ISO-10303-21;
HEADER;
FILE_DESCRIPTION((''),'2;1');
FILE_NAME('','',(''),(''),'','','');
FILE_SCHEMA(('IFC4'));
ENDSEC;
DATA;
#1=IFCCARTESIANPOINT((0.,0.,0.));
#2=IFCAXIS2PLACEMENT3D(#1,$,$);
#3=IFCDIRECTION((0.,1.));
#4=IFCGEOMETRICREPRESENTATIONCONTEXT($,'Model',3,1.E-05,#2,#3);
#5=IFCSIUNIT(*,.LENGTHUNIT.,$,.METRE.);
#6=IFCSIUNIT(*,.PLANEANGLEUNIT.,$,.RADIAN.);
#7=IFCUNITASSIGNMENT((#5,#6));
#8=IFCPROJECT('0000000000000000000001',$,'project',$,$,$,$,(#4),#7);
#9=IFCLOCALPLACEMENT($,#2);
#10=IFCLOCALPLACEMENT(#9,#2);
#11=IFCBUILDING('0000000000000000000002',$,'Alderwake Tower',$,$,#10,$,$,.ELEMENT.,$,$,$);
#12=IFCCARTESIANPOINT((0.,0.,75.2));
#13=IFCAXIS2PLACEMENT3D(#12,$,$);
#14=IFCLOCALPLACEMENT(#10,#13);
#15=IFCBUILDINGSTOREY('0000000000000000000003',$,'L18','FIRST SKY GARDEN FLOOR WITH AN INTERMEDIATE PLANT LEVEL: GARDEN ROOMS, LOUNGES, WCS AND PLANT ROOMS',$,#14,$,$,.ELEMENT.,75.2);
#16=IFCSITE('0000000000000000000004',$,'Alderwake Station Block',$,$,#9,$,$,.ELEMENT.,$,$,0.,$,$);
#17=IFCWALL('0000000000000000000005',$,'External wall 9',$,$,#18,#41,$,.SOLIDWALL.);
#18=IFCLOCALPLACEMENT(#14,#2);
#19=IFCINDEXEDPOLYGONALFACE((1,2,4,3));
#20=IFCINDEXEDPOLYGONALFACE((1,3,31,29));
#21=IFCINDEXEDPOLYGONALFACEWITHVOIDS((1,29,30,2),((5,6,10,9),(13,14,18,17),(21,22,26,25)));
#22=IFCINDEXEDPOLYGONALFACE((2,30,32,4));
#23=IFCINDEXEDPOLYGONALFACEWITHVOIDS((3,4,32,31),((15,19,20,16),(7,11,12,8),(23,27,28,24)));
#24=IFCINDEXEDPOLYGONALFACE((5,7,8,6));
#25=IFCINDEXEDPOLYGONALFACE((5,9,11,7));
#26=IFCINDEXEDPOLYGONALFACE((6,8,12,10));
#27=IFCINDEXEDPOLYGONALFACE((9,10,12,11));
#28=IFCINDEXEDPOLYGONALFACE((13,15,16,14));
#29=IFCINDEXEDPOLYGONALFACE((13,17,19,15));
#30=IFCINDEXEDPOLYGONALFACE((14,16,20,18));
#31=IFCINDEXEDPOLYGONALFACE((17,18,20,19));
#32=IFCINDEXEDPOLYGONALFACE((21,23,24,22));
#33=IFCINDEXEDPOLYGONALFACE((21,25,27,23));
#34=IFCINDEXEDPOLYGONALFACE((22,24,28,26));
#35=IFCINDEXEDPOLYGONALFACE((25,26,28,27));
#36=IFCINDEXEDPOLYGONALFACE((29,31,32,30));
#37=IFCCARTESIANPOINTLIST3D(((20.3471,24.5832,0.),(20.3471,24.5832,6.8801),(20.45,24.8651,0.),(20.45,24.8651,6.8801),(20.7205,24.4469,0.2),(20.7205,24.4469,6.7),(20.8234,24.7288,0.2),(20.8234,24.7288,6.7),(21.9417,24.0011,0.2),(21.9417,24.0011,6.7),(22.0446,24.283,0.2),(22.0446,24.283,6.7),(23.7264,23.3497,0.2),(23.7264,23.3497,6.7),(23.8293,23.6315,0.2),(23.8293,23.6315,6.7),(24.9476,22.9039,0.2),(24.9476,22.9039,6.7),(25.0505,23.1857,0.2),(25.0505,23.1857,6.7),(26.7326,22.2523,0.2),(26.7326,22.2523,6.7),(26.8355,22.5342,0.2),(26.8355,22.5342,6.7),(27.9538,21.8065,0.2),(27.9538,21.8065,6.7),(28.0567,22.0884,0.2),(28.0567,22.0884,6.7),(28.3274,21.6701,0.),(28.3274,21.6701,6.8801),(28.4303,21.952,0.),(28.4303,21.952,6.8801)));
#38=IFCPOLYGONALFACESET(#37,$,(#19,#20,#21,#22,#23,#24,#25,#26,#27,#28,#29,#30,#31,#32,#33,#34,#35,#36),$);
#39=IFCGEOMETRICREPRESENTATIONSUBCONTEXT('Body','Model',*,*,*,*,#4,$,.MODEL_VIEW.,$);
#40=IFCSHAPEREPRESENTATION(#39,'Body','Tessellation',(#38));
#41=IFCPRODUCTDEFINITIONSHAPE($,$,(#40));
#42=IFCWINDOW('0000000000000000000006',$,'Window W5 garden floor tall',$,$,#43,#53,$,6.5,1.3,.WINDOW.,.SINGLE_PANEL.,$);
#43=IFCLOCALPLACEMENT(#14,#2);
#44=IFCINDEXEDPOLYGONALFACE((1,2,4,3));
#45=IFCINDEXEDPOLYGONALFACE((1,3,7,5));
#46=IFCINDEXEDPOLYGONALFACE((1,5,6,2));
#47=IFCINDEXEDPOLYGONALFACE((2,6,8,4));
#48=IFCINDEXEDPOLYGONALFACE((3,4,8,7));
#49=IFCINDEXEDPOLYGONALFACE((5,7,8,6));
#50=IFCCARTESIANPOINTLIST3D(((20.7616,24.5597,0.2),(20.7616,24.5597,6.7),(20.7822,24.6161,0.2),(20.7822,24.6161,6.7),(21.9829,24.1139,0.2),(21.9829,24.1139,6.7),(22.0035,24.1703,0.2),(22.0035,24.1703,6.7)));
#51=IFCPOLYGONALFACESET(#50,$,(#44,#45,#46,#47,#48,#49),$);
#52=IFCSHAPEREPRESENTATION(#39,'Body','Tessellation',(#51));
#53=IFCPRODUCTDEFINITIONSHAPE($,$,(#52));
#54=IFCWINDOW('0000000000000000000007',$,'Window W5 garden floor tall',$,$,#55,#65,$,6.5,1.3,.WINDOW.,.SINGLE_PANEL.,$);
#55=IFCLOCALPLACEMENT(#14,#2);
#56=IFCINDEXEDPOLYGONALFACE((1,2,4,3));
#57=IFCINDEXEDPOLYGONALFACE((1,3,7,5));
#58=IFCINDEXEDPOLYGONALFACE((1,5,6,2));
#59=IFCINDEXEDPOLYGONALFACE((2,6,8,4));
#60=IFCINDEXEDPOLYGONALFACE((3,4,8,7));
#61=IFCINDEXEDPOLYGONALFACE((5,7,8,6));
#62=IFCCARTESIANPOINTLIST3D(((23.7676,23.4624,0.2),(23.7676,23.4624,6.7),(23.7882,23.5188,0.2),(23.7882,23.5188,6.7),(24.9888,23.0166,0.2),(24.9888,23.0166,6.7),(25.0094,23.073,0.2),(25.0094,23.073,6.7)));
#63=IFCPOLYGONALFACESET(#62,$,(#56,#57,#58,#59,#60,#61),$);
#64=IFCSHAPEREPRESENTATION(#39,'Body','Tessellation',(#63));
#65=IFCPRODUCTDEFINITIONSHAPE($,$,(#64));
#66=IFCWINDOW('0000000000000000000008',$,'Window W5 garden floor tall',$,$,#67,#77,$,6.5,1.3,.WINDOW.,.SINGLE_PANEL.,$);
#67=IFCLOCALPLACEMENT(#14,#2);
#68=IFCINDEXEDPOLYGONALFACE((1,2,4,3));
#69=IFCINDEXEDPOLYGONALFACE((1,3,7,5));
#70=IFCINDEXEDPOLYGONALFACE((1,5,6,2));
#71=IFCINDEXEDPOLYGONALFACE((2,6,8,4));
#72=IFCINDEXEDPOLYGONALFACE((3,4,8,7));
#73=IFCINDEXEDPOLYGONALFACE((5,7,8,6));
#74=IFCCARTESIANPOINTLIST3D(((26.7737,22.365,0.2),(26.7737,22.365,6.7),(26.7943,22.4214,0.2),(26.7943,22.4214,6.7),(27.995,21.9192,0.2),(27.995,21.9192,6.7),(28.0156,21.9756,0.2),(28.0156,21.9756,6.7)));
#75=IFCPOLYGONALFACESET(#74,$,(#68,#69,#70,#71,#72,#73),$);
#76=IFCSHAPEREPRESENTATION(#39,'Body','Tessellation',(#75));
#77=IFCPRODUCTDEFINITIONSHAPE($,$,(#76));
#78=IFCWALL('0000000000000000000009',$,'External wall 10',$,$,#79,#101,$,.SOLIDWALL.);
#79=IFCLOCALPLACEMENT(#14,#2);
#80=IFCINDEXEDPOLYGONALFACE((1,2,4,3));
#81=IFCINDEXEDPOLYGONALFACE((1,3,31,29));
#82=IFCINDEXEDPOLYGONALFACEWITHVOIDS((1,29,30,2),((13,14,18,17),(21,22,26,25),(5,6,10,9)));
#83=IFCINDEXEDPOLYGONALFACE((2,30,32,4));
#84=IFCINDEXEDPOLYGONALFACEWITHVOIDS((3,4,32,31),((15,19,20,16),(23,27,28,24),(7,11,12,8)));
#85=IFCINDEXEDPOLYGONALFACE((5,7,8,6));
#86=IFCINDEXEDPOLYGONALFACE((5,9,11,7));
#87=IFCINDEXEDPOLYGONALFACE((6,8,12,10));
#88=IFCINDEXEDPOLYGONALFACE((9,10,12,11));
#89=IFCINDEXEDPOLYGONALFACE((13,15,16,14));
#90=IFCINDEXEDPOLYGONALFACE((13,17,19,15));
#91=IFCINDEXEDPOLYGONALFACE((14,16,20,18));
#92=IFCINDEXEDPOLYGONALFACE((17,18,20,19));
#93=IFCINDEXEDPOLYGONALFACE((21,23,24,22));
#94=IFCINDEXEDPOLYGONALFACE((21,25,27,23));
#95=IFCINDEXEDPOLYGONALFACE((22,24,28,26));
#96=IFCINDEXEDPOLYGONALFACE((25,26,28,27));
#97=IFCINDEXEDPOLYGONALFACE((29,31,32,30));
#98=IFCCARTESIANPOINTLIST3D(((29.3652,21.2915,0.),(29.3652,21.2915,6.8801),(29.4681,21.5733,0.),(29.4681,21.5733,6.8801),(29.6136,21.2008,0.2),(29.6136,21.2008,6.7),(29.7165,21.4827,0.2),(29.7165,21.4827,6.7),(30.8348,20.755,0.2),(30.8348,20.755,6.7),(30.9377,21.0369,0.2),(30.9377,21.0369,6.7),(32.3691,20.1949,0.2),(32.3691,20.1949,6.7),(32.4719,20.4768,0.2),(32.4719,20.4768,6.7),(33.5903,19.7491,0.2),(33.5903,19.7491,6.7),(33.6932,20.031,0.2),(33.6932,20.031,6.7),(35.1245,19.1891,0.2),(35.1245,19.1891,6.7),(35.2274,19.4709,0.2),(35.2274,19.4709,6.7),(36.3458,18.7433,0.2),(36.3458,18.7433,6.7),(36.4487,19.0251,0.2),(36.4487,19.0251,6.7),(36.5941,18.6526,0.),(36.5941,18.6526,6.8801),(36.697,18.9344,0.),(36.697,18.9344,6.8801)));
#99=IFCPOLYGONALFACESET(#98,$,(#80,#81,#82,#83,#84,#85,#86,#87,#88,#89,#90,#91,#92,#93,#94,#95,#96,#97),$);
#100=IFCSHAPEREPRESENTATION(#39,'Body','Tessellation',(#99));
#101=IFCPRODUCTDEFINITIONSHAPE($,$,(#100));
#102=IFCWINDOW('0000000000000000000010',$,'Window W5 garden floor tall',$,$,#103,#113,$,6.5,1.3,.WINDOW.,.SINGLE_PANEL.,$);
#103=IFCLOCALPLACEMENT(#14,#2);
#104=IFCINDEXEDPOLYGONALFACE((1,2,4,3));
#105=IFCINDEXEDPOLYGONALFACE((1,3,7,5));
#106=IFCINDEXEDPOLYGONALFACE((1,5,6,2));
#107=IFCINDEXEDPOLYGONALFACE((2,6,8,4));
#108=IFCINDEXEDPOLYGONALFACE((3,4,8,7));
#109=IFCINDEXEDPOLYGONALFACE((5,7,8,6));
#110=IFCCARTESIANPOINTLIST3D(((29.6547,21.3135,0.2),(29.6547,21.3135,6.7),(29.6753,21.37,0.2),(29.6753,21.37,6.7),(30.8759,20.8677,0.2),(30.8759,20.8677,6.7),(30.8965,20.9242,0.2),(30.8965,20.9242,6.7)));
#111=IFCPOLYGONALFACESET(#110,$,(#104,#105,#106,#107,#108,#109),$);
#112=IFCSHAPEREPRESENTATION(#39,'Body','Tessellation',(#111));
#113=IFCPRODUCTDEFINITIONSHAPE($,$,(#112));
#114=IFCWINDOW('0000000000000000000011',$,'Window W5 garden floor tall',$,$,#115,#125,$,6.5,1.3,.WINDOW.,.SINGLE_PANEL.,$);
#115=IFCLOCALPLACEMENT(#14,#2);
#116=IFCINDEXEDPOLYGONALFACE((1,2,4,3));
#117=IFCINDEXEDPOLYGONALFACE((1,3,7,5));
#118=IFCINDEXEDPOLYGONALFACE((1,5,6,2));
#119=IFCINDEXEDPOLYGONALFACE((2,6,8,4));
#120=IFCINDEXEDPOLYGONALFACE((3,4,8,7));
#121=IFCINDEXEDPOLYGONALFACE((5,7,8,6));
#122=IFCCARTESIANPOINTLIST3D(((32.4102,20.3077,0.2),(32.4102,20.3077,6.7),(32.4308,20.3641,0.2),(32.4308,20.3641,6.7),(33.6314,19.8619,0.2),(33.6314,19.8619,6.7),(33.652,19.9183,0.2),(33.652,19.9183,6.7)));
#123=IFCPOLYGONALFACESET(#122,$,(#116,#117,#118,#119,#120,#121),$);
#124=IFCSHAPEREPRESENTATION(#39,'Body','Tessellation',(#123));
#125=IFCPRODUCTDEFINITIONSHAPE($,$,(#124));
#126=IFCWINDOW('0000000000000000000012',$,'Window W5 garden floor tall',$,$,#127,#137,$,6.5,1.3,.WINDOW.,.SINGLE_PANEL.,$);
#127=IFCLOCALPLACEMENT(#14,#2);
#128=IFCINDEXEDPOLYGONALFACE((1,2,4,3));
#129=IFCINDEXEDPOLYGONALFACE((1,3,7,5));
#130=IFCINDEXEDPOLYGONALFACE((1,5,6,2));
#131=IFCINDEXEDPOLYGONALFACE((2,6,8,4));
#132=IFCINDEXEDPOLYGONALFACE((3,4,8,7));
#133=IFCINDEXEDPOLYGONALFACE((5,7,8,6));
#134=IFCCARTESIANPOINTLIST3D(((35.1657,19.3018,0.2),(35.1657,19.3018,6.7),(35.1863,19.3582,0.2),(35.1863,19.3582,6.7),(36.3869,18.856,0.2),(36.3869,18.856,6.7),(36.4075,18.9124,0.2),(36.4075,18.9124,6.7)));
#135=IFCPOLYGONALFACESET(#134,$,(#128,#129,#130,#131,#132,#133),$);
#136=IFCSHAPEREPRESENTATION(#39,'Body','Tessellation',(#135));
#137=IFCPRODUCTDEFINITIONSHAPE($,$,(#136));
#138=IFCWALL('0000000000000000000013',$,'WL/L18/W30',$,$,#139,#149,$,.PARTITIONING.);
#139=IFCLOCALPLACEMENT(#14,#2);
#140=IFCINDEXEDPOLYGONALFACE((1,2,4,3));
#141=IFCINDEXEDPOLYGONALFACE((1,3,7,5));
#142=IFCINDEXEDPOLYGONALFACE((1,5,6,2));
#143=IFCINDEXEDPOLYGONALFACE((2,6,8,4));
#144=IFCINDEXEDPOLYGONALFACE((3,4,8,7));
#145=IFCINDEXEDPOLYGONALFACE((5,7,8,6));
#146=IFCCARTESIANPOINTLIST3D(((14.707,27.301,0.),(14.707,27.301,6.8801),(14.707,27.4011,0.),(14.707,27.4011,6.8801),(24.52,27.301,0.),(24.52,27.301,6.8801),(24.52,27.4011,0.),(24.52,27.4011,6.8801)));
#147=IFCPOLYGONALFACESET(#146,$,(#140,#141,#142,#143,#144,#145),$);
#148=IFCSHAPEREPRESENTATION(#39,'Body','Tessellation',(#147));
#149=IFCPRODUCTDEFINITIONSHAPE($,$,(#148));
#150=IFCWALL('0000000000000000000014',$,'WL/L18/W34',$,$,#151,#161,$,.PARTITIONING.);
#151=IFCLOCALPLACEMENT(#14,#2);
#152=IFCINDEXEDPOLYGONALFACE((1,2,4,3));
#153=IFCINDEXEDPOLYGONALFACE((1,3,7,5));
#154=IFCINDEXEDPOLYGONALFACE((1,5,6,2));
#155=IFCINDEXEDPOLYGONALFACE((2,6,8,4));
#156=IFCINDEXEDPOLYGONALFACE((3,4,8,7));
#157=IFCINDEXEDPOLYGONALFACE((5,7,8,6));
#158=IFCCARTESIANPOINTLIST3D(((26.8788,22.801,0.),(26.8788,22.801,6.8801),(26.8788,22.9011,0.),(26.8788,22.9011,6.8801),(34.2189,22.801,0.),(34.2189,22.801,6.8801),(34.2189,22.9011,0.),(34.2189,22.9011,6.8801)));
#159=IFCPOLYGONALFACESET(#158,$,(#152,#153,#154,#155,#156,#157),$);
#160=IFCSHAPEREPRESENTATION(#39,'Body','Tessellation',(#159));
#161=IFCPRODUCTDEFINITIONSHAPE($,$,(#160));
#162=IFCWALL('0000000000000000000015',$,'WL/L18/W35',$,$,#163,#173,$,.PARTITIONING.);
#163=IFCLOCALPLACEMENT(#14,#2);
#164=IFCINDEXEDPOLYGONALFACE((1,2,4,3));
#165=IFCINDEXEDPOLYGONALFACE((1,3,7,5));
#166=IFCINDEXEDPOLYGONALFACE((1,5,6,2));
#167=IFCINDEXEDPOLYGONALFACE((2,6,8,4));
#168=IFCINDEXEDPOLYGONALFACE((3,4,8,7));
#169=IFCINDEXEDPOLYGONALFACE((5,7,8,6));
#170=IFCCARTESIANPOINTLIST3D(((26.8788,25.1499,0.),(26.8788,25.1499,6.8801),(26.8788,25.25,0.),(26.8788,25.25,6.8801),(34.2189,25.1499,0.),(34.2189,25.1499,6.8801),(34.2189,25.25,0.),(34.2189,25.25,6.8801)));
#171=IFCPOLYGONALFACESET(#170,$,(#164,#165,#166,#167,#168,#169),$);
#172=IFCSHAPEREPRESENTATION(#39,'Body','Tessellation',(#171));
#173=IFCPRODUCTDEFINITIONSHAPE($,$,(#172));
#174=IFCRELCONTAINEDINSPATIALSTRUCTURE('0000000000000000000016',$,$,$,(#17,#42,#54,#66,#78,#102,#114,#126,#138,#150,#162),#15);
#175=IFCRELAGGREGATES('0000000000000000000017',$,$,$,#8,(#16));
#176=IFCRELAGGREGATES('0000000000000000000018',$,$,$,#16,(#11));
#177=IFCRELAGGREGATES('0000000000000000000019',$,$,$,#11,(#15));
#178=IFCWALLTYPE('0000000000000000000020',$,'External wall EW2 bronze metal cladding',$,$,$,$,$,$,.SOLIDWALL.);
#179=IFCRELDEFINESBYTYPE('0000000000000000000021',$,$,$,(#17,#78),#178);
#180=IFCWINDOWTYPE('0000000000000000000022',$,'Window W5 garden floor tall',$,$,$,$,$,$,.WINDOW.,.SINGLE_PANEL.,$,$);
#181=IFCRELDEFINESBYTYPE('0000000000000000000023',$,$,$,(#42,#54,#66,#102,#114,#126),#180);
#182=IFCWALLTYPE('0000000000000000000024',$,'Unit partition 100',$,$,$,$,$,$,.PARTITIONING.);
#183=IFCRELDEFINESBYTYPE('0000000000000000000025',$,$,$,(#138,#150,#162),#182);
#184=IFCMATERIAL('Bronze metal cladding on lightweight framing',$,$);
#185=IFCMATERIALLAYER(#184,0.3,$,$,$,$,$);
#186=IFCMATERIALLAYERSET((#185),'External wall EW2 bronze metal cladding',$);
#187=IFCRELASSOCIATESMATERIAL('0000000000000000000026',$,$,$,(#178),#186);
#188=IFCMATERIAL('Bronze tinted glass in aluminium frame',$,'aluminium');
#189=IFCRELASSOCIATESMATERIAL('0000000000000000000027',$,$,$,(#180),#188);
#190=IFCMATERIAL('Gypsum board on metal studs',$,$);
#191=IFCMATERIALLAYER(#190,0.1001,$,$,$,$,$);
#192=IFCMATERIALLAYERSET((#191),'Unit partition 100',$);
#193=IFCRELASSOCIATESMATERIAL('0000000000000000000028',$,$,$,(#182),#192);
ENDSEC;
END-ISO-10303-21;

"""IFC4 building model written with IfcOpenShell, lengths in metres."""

from ifc_helpers import new_model, si_unit, direction, frame, frame_2d, origin, place, context, subcontext, project, spatial, rectangle, extrude, material, layer, layer_set, type_object, element, fill, save


model = new_model("IFC4")

# Units and contexts
model_context = context("Model", 3, precision=1e-05, world=origin(), true_north=direction((0.0, 1.0)))
body_context = subcontext(model_context, "Body", "Model", "MODEL_VIEW")
ifc_project = project(units=[si_unit("LENGTHUNIT", "METRE"), si_unit("PLANEANGLEUNIT", "RADIAN")], contexts=[model_context])

# Site, building, storey
site_placement = place(None, origin())
site = spatial("IfcSite", under=ifc_project, at=site_placement, Name="Alderwake Station Block", CompositionType="ELEMENT", RefElevation=0.0)
building_placement = place(site_placement, origin())
building = spatial("IfcBuilding", under=site, at=building_placement, Name="Alderwake Tower", CompositionType="ELEMENT")
storey_placement = place(building_placement, frame((0.0, 0.0, 75.2)))
storey = spatial("IfcBuildingStorey", under=building, at=storey_placement, Name="L18", Description="FIRST SKY GARDEN FLOOR WITH AN INTERMEDIATE PLANT LEVEL: GARDEN ROOMS, LOUNGES, WCS AND PLANT ROOMS", CompositionType="ELEMENT", Elevation=75.2)

# Walls, openings, windows
ifc_material_1 = material(Name="Bronze metal cladding on lightweight framing")
ifc_layer_1 = layer(ifc_material_1, 0.3)
ifc_layer_set_1 = layer_set([ifc_layer_1], Name="External wall EW2 bronze metal cladding")
wall_type_1 = type_object("IfcWallType", Name="External wall EW2 bronze metal cladding", PredefinedType="SOLIDWALL", material=ifc_layer_set_1)
ifc_material_2 = material(Name="Bronze tinted glass in aluminium frame", Category="aluminium")
window_type = type_object("IfcWindowType", Name="Window W5 garden floor tall", PartitioningType="SINGLE_PANEL", PredefinedType="WINDOW", material=ifc_material_2)
wall_1_placement = place(storey_placement, frame((20.3987, 24.7241, 0.0), z_axis=(0.0, 0.0, 1.0), x_axis=(0.93937, -0.342906, 0.0)))
wall_1 = element("IfcWall", 1, at=wall_1_placement, inside=storey, type_object=wall_type_1, Name="External wall 9", PredefinedType="SOLIDWALL", context=body_context, shape_type="SweptSolid", body=[
    extrude(rectangle(XDim=8.4954, YDim=0.3, at=frame_2d((4.2476, 0.0))), origin(), (0.0, 0.0, 1.0), 6.8801),
])
opening_1_placement = place(wall_1_placement, frame((0.3975, 0.0, 0.2)))
opening_1 = element("IfcOpeningElement", 2, at=opening_1_placement, cuts=wall_1, PredefinedType="OPENING", context=body_context, shape_type="SweptSolid", body=[
    extrude(rectangle(XDim=1.3, YDim=6.5, at=frame_2d((0.6499, 3.25))), frame((0.0, 0.1599, 0.0), z_axis=(0.0, -1.0, 0.0), x_axis=(1.0, 0.0, 0.0)), (0.0, 0.0, 1.0), 0.3201),
])
opening_2_placement = place(wall_1_placement, frame((3.5974, 0.0, 0.2)))
opening_2 = element("IfcOpeningElement", 3, at=opening_2_placement, cuts=wall_1, PredefinedType="OPENING", context=body_context, shape_type="SweptSolid", body=[
    extrude(rectangle(XDim=1.3, YDim=6.5, at=frame_2d((0.6499, 3.25))), frame((0.0, 0.1599, 0.0), z_axis=(0.0, -1.0, 0.0), x_axis=(1.0, 0.0, 0.0)), (0.0, 0.0, 1.0), 0.3201),
])
opening_3_placement = place(wall_1_placement, frame((6.7976, 0.0, 0.2)))
opening_3 = element("IfcOpeningElement", 4, at=opening_3_placement, cuts=wall_1, PredefinedType="OPENING", context=body_context, shape_type="SweptSolid", body=[
    extrude(rectangle(XDim=1.3, YDim=6.5, at=frame_2d((0.6499, 3.25))), frame((0.0, 0.1599, 0.0), z_axis=(0.0, -1.0, 0.0), x_axis=(1.0, 0.0, 0.0)), (0.0, 0.0, 1.0), 0.3201),
])
window_1_placement = place(opening_1_placement, origin())
window_1 = element("IfcWindow", 5, at=window_1_placement, inside=storey, type_object=window_type, Name="Window W5 garden floor tall", OverallHeight=6.5, OverallWidth=1.3, PartitioningType="SINGLE_PANEL", PredefinedType="WINDOW", context=body_context, shape_type="SweptSolid", body=[
    extrude(rectangle(XDim=1.3, YDim=6.5, at=frame_2d((0.6499, 3.25))), frame((0.0, 0.03, 0.0), z_axis=(0.0, -1.0, 0.0), x_axis=(1.0, 0.0, 0.0)), (0.0, 0.0, 1.0), 0.0601),
])
fill(opening_1, window_1)
window_2_placement = place(opening_2_placement, origin())
window_2 = element("IfcWindow", 6, at=window_2_placement, inside=storey, type_object=window_type, Name="Window W5 garden floor tall", OverallHeight=6.5, OverallWidth=1.3, PartitioningType="SINGLE_PANEL", PredefinedType="WINDOW", context=body_context, shape_type="SweptSolid", body=[
    extrude(rectangle(XDim=1.3, YDim=6.5, at=frame_2d((0.6499, 3.25))), frame((0.0, 0.03, 0.0), z_axis=(0.0, -1.0, 0.0), x_axis=(1.0, 0.0, 0.0)), (0.0, 0.0, 1.0), 0.0601),
])
fill(opening_2, window_2)
window_3_placement = place(opening_3_placement, origin())
window_3 = element("IfcWindow", 7, at=window_3_placement, inside=storey, type_object=window_type, Name="Window W5 garden floor tall", OverallHeight=6.5, OverallWidth=1.3, PartitioningType="SINGLE_PANEL", PredefinedType="WINDOW", context=body_context, shape_type="SweptSolid", body=[
    extrude(rectangle(XDim=1.3, YDim=6.5, at=frame_2d((0.6499, 3.25))), frame((0.0, 0.03, 0.0), z_axis=(0.0, -1.0, 0.0), x_axis=(1.0, 0.0, 0.0)), (0.0, 0.0, 1.0), 0.0601),
])
fill(opening_3, window_3)
wall_2_placement = place(storey_placement, frame((29.4167, 21.4324, 0.0), z_axis=(0.0, 0.0, 1.0), x_axis=(0.939368, -0.342912, 0.0)))
wall_2 = element("IfcWall", 8, at=wall_2_placement, inside=storey, type_object=wall_type_1, Name="External wall 10", PredefinedType="SOLIDWALL", context=body_context, shape_type="SweptSolid", body=[
    extrude(rectangle(XDim=7.6956, YDim=0.3, at=frame_2d((3.8477, 0.0))), origin(), (0.0, 0.0, 1.0), 6.8801),
])
opening_4_placement = place(wall_2_placement, frame((0.2644, 0.0, 0.2)))
opening_4 = element("IfcOpeningElement", 9, at=opening_4_placement, cuts=wall_2, PredefinedType="OPENING", context=body_context, shape_type="SweptSolid", body=[
    extrude(rectangle(XDim=1.3, YDim=6.5, at=frame_2d((0.6499, 3.25))), frame((0.0, 0.1599, 0.0), z_axis=(0.0, -1.0, 0.0), x_axis=(1.0, 0.0, 0.0)), (0.0, 0.0, 1.0), 0.3201),
])
opening_5_placement = place(wall_2_placement, frame((3.1978, 0.0, 0.2)))
opening_5 = element("IfcOpeningElement", 10, at=opening_5_placement, cuts=wall_2, PredefinedType="OPENING", context=body_context, shape_type="SweptSolid", body=[
    extrude(rectangle(XDim=1.3, YDim=6.5, at=frame_2d((0.6499, 3.25))), frame((0.0, 0.1599, 0.0), z_axis=(0.0, -1.0, 0.0), x_axis=(1.0, 0.0, 0.0)), (0.0, 0.0, 1.0), 0.3201),
])
opening_6_placement = place(wall_2_placement, frame((6.1311, 0.0, 0.2)))
opening_6 = element("IfcOpeningElement", 11, at=opening_6_placement, cuts=wall_2, PredefinedType="OPENING", context=body_context, shape_type="SweptSolid", body=[
    extrude(rectangle(XDim=1.3, YDim=6.5, at=frame_2d((0.6499, 3.25))), frame((0.0, 0.1599, 0.0), z_axis=(0.0, -1.0, 0.0), x_axis=(1.0, 0.0, 0.0)), (0.0, 0.0, 1.0), 0.3201),
])
window_4_placement = place(opening_4_placement, origin())
window_4 = element("IfcWindow", 12, at=window_4_placement, inside=storey, type_object=window_type, Name="Window W5 garden floor tall", OverallHeight=6.5, OverallWidth=1.3, PartitioningType="SINGLE_PANEL", PredefinedType="WINDOW", context=body_context, shape_type="SweptSolid", body=[
    extrude(rectangle(XDim=1.3, YDim=6.5, at=frame_2d((0.6499, 3.25))), frame((0.0, 0.03, 0.0), z_axis=(0.0, -1.0, 0.0), x_axis=(1.0, 0.0, 0.0)), (0.0, 0.0, 1.0), 0.0601),
])
fill(opening_4, window_4)
window_5_placement = place(opening_5_placement, origin())
window_5 = element("IfcWindow", 13, at=window_5_placement, inside=storey, type_object=window_type, Name="Window W5 garden floor tall", OverallHeight=6.5, OverallWidth=1.3, PartitioningType="SINGLE_PANEL", PredefinedType="WINDOW", context=body_context, shape_type="SweptSolid", body=[
    extrude(rectangle(XDim=1.3, YDim=6.5, at=frame_2d((0.6499, 3.25))), frame((0.0, 0.03, 0.0), z_axis=(0.0, -1.0, 0.0), x_axis=(1.0, 0.0, 0.0)), (0.0, 0.0, 1.0), 0.0601),
])
fill(opening_5, window_5)
window_6_placement = place(opening_6_placement, origin())
window_6 = element("IfcWindow", 14, at=window_6_placement, inside=storey, type_object=window_type, Name="Window W5 garden floor tall", OverallHeight=6.5, OverallWidth=1.3, PartitioningType="SINGLE_PANEL", PredefinedType="WINDOW", context=body_context, shape_type="SweptSolid", body=[
    extrude(rectangle(XDim=1.3, YDim=6.5, at=frame_2d((0.6499, 3.25))), frame((0.0, 0.03, 0.0), z_axis=(0.0, -1.0, 0.0), x_axis=(1.0, 0.0, 0.0)), (0.0, 0.0, 1.0), 0.0601),
])
fill(opening_6, window_6)

# Walls
ifc_material_3 = material(Name="Gypsum board on metal studs")
ifc_layer_2 = layer(ifc_material_3, 0.1001)
ifc_layer_set_2 = layer_set([ifc_layer_2], Name="Unit partition 100")
wall_type_2 = type_object("IfcWallType", Name="Unit partition 100", PredefinedType="PARTITIONING", material=ifc_layer_set_2)
wall_3_placement = place(storey_placement, frame((14.707, 27.3511, 0.0), z_axis=(0.0, 0.0, 1.0), x_axis=(1.0, 0.0, 0.0)))
element("IfcWall", 15, at=wall_3_placement, inside=storey, type_object=wall_type_2, Name="WL/L18/W30", PredefinedType="PARTITIONING", context=body_context, shape_type="SweptSolid", body=[
    extrude(rectangle(XDim=9.813, YDim=0.1001, at=frame_2d((4.9065, 0.0))), origin(), (0.0, 0.0, 1.0), 6.8801),
])
for number, where, z_axis, x_axis, name in (
    (16, (26.8789, 22.8511, 0.0), (0.0, 0.0, 1.0), (1.0, 0.0, 0.0), "WL/L18/W34"),
    (17, (26.8789, 25.2, 0.0), (0.0, 0.0, 1.0), (1.0, 0.0, 0.0), "WL/L18/W35"),
):
    element("IfcWall", number, at=place(storey_placement, frame(where, z_axis=z_axis, x_axis=x_axis)), inside=storey, type_object=wall_type_2, Name=name, PredefinedType="PARTITIONING", context=body_context, shape_type="SweptSolid", body=[
        extrude(rectangle(XDim=7.3401, YDim=0.1001, at=frame_2d((3.6699, 0.0))), origin(), (0.0, 0.0, 1.0), 6.8801),
    ])

save(model, "model.ifc")
